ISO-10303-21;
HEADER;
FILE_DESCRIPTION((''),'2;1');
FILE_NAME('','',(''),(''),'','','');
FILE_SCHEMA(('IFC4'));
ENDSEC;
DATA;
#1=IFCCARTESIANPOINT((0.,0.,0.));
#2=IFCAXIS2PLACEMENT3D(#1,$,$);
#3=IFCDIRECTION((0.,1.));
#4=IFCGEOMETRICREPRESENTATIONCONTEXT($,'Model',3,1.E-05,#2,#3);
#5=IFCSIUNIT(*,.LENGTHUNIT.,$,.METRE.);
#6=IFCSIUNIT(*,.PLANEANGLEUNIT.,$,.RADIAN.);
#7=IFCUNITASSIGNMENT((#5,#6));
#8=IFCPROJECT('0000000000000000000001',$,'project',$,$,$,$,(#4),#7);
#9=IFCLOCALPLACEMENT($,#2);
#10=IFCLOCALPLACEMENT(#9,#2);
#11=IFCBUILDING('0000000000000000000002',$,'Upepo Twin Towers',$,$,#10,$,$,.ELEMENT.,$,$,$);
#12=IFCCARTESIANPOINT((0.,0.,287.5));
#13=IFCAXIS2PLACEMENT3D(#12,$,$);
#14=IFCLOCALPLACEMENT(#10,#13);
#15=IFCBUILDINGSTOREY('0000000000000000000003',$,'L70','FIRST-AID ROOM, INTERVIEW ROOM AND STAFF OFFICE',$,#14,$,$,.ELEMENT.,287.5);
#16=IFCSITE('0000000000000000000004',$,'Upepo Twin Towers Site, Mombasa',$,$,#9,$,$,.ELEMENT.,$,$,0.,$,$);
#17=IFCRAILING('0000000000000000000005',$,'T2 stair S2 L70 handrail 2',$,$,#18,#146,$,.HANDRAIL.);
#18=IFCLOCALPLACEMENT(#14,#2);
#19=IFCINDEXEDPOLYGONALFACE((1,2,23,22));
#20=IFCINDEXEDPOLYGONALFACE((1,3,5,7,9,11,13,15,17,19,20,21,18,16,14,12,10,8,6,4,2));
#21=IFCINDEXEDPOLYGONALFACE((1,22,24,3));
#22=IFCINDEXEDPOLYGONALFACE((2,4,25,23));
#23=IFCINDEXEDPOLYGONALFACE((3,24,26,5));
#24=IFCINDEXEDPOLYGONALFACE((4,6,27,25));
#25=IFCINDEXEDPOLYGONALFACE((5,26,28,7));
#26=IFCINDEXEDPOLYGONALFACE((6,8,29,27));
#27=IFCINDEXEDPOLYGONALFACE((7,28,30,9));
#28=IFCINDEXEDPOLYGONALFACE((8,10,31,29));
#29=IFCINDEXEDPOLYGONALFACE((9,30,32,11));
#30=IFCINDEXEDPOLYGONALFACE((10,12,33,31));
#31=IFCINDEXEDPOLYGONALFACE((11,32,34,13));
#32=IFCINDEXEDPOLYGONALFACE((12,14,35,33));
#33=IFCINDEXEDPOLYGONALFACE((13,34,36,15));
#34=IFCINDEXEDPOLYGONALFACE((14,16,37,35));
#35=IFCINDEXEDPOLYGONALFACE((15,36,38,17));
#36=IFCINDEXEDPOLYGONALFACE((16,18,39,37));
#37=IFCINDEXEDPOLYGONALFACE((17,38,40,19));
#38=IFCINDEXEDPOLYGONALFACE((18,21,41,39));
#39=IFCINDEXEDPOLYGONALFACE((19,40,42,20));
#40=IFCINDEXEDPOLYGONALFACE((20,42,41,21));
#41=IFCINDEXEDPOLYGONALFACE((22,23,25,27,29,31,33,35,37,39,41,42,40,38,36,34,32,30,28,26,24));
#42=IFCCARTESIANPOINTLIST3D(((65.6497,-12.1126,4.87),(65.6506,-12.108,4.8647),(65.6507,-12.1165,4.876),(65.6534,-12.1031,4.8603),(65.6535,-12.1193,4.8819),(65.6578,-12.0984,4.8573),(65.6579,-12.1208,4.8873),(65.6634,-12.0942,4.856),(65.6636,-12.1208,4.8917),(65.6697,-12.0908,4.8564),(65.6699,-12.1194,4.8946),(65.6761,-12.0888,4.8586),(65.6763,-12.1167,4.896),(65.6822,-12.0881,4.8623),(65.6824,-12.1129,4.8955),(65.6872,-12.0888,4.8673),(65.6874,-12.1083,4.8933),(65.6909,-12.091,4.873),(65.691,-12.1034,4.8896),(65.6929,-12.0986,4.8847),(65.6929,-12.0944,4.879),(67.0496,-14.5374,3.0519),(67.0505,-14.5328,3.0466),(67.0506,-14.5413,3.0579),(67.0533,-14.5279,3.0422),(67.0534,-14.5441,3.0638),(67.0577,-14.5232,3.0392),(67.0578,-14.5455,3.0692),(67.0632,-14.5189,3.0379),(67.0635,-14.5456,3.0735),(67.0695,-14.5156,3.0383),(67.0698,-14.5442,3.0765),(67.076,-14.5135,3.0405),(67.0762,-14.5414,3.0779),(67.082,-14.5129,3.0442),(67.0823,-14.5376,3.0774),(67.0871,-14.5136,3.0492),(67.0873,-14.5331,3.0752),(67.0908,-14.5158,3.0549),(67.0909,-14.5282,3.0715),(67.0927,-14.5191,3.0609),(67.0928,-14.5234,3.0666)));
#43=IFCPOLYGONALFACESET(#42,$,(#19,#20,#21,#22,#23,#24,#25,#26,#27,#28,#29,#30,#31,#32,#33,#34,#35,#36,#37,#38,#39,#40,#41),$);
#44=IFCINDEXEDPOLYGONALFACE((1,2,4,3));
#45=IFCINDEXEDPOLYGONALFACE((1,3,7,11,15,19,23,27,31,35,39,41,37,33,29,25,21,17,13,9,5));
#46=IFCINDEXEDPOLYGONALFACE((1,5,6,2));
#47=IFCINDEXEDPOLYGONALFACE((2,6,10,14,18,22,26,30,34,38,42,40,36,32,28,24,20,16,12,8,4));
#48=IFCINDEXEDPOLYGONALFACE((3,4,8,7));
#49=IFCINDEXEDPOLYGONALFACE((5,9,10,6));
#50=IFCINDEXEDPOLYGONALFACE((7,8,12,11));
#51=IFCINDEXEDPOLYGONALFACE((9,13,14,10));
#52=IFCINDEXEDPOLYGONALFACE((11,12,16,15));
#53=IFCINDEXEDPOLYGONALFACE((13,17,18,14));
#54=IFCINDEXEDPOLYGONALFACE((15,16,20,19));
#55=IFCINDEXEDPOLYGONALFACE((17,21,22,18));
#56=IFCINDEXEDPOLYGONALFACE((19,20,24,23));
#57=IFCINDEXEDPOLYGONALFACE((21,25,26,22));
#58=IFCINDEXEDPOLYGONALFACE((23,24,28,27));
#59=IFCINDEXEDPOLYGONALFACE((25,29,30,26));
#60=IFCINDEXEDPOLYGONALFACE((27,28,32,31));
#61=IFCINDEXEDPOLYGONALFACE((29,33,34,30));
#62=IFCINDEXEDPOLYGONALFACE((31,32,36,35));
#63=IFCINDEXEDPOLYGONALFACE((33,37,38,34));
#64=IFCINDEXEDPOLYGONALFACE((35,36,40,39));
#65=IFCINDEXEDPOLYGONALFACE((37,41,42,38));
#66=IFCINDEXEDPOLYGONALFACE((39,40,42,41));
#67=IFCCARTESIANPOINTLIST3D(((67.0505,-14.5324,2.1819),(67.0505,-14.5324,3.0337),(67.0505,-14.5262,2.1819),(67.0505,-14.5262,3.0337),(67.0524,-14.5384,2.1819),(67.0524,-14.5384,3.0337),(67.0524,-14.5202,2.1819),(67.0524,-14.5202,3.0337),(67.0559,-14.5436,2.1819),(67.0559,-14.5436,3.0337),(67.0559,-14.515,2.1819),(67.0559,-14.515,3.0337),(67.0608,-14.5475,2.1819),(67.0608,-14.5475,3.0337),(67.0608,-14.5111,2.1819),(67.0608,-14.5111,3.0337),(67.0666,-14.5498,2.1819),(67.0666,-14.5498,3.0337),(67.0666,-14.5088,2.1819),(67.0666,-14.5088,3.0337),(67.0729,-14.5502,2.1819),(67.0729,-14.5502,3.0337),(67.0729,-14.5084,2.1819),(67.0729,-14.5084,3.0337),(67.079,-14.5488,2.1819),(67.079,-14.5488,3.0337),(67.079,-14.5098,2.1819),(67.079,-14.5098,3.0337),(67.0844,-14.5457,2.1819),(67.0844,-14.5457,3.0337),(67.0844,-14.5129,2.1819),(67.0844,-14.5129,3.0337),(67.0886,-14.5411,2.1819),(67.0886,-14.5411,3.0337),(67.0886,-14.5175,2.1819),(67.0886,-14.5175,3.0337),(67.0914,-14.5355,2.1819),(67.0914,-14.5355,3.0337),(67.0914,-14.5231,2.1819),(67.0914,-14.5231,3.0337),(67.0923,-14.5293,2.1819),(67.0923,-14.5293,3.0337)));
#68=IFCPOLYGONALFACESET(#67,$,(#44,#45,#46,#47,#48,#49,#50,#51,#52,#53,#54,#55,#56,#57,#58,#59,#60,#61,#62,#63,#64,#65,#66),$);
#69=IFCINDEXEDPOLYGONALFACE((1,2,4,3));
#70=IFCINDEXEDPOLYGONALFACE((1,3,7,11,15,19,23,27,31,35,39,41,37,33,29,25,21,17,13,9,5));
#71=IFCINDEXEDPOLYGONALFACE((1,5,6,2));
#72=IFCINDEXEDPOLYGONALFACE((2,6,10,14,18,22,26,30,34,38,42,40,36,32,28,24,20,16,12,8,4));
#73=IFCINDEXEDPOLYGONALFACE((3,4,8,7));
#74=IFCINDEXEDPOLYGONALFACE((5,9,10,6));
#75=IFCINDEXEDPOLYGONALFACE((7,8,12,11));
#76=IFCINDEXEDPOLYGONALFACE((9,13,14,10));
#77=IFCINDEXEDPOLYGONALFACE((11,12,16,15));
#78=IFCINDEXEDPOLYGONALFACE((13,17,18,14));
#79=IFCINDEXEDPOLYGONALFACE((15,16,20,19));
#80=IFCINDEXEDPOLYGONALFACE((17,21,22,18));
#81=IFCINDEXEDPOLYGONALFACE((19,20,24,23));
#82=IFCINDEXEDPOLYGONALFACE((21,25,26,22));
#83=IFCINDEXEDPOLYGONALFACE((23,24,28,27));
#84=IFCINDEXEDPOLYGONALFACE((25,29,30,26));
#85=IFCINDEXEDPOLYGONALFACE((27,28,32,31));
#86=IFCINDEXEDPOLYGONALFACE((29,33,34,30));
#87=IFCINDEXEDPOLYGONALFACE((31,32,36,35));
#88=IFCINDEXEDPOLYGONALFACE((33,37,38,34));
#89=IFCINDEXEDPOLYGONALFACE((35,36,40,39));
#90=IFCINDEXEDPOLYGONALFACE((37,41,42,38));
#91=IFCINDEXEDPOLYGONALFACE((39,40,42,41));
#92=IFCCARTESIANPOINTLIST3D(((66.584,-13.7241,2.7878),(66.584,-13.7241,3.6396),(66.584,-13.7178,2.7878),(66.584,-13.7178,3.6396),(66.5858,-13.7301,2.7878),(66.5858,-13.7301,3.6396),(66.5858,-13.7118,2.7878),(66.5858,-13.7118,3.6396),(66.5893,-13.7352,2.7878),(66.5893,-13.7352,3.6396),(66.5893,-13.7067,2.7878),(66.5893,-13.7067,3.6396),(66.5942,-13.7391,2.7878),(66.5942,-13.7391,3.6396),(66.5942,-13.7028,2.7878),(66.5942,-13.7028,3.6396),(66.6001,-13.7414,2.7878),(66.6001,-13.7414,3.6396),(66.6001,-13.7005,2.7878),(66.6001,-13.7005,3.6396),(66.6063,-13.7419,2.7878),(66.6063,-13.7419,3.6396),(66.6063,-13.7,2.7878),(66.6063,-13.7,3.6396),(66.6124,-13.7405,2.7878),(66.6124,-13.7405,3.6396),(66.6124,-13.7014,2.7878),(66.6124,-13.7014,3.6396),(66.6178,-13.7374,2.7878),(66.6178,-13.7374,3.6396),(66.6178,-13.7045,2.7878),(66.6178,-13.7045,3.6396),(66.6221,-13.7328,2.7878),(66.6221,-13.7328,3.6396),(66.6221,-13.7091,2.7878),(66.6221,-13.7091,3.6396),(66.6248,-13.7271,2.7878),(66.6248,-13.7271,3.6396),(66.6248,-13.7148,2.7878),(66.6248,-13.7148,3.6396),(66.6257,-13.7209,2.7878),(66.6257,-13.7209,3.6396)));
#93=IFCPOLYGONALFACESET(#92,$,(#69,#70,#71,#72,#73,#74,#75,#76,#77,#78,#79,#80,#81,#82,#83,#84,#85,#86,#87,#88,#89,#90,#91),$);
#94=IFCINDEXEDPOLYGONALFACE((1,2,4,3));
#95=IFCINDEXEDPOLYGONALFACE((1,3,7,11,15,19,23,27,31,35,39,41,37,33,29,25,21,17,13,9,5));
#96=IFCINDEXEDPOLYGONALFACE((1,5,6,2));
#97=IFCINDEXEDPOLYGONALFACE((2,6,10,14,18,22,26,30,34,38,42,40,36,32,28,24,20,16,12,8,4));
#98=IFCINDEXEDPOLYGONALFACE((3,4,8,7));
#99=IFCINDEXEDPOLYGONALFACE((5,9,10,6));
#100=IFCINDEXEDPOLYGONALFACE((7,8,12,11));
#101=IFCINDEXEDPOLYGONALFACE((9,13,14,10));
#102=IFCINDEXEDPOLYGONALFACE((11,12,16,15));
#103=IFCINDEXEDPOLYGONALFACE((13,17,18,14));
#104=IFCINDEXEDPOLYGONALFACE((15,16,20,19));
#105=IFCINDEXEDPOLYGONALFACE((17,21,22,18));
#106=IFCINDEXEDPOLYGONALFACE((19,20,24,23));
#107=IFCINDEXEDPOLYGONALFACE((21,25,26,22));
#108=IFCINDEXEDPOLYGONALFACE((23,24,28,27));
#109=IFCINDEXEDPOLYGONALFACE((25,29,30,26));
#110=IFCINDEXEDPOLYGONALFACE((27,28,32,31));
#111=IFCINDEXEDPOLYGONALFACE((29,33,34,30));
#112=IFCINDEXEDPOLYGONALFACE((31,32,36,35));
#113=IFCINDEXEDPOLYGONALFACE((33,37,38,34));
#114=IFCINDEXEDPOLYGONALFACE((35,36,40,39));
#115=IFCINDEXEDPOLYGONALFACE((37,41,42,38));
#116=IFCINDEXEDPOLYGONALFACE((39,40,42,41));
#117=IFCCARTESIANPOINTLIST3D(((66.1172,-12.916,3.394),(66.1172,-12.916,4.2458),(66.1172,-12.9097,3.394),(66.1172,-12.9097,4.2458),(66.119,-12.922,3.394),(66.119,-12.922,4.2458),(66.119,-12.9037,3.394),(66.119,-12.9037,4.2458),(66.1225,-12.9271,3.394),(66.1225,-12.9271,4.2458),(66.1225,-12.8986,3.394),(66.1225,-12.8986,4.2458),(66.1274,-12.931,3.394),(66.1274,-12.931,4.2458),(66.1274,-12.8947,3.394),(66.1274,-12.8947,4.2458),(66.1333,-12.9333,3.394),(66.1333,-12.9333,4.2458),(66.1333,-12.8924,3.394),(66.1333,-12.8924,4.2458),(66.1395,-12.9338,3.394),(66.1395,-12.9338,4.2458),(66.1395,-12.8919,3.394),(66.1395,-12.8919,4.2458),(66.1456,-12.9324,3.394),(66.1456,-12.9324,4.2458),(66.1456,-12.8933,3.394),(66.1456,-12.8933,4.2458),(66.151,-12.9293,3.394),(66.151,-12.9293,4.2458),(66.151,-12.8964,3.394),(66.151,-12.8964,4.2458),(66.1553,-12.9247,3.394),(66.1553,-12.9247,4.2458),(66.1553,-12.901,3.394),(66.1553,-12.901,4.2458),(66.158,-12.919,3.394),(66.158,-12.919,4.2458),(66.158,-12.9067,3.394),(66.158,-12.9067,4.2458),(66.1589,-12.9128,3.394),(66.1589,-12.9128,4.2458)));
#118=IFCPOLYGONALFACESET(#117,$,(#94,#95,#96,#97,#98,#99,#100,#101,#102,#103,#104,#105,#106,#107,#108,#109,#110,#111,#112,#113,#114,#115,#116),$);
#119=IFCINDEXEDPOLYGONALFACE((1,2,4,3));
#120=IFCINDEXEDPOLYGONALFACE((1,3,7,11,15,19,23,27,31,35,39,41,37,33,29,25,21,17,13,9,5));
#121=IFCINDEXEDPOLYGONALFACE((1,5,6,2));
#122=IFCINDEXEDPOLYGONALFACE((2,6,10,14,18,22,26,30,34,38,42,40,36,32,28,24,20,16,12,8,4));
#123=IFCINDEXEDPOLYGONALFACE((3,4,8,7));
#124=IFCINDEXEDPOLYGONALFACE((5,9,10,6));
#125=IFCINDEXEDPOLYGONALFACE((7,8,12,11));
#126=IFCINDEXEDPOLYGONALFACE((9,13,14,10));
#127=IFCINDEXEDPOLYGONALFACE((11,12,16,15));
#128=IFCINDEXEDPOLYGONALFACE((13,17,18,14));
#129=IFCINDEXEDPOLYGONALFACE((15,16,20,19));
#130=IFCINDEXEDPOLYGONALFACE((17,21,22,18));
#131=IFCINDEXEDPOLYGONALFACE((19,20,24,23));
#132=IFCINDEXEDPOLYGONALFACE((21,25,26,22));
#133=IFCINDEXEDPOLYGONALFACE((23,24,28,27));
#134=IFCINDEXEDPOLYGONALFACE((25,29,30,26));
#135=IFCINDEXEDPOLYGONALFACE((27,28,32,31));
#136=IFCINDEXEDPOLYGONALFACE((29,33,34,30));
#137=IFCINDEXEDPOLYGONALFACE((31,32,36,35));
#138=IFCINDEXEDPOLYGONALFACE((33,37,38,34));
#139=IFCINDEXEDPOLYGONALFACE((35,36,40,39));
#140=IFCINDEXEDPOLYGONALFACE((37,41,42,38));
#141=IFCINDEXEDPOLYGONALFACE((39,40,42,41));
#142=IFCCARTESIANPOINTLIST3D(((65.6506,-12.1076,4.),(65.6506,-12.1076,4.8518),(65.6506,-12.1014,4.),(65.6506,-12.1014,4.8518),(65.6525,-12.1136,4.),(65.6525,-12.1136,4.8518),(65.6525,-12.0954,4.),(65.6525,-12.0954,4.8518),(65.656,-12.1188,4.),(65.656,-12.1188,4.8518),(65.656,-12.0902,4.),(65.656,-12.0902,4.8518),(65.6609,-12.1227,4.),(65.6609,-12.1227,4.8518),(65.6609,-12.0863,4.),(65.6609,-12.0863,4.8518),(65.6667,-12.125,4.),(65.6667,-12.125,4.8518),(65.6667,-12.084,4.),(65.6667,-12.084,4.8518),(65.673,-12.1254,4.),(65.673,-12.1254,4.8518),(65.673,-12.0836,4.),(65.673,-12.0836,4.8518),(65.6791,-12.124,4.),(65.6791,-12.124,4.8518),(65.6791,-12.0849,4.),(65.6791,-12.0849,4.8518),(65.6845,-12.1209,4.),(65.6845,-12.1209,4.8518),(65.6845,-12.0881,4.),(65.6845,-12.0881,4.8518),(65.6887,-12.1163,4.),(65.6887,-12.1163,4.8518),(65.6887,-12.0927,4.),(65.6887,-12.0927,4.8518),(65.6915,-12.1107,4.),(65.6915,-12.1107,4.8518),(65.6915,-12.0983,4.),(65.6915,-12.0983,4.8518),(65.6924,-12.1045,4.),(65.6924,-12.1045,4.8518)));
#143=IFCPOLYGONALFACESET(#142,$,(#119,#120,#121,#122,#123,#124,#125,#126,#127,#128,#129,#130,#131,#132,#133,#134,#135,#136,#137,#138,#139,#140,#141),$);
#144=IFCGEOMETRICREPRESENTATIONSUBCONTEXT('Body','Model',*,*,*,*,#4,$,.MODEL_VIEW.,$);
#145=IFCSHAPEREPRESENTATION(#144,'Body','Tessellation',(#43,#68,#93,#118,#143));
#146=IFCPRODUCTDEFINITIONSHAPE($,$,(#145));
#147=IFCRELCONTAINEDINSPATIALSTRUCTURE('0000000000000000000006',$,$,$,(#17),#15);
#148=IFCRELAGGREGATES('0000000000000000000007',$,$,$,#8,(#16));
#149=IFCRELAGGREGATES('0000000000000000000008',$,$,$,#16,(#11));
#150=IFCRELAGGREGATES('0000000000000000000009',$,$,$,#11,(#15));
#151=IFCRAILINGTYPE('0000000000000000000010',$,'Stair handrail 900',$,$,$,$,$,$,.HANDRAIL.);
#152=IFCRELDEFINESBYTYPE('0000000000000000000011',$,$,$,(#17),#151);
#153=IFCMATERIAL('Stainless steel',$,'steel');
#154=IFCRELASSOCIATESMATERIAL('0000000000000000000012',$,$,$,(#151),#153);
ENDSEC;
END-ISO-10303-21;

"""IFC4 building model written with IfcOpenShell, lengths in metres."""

from ifc_helpers import new_model, si_unit, direction, frame, origin, origin_2d, place, context, subcontext, project, spatial, circle, extrude, material, type_object, element, save


model = new_model("IFC4")

# Units and contexts
model_context = context("Model", 3, precision=1e-05, world=origin(), true_north=direction((0.0, 1.0)))
body_context = subcontext(model_context, "Body", "Model", "MODEL_VIEW")
ifc_project = project(units=[si_unit("LENGTHUNIT", "METRE"), si_unit("PLANEANGLEUNIT", "RADIAN")], contexts=[model_context])

# Site, building, storey
site_placement = place(None, origin())
site = spatial("IfcSite", under=ifc_project, at=site_placement, Name="Upepo Twin Towers Site, Mombasa", CompositionType="ELEMENT", RefElevation=0.0)
building_placement = place(site_placement, origin())
building = spatial("IfcBuilding", under=site, at=building_placement, Name="Upepo Twin Towers", CompositionType="ELEMENT")
storey_placement = place(building_placement, frame((0.0, 0.0, 287.5)))
storey = spatial("IfcBuildingStorey", under=building, at=storey_placement, Name="L70", Description="FIRST-AID ROOM, INTERVIEW ROOM AND STAFF OFFICE", CompositionType="ELEMENT", Elevation=287.5)

# Railing
ifc_material_1 = material(Name="Stainless steel", Category="steel")
railing_type = type_object("IfcRailingType", Name="Stair handrail 900", PredefinedType="HANDRAIL", material=ifc_material_1)
railing_1_placement = place(storey_placement, frame((67.0713, -14.5293, 2.1819)))
element("IfcRailing", 1, at=railing_1_placement, inside=storey, type_object=railing_type, Name="T2 stair S2 L70 handrail 2", PredefinedType="HANDRAIL", context=body_context, shape_type="SweptSolid", body=[
    extrude(circle(Radius=0.0239, at=origin_2d()), frame((0.0, 0.0, 0.876), z_axis=(-0.419333, 0.726336, 0.544606), x_axis=(-0.866035, -0.499984, 0.0)), (0.0, 0.0, 1.0), 3.3384),
    extrude(circle(Radius=0.021, at=origin_2d()), origin(), (0.0, 0.0, 1.0), 0.8518),
    extrude(circle(Radius=0.021, at=origin_2d()), frame((-0.4666, 0.8083, 0.606)), (0.0, 0.0, 1.0), 0.8518),
    extrude(circle(Radius=0.021, at=origin_2d()), frame((-0.9333, 1.6165, 1.2122)), (0.0, 0.0, 1.0), 0.8518),
    extrude(circle(Radius=0.021, at=origin_2d()), frame((-1.3999, 2.4248, 1.8181)), (0.0, 0.0, 1.0), 0.8518),
])

save(model, "model.ifc")
